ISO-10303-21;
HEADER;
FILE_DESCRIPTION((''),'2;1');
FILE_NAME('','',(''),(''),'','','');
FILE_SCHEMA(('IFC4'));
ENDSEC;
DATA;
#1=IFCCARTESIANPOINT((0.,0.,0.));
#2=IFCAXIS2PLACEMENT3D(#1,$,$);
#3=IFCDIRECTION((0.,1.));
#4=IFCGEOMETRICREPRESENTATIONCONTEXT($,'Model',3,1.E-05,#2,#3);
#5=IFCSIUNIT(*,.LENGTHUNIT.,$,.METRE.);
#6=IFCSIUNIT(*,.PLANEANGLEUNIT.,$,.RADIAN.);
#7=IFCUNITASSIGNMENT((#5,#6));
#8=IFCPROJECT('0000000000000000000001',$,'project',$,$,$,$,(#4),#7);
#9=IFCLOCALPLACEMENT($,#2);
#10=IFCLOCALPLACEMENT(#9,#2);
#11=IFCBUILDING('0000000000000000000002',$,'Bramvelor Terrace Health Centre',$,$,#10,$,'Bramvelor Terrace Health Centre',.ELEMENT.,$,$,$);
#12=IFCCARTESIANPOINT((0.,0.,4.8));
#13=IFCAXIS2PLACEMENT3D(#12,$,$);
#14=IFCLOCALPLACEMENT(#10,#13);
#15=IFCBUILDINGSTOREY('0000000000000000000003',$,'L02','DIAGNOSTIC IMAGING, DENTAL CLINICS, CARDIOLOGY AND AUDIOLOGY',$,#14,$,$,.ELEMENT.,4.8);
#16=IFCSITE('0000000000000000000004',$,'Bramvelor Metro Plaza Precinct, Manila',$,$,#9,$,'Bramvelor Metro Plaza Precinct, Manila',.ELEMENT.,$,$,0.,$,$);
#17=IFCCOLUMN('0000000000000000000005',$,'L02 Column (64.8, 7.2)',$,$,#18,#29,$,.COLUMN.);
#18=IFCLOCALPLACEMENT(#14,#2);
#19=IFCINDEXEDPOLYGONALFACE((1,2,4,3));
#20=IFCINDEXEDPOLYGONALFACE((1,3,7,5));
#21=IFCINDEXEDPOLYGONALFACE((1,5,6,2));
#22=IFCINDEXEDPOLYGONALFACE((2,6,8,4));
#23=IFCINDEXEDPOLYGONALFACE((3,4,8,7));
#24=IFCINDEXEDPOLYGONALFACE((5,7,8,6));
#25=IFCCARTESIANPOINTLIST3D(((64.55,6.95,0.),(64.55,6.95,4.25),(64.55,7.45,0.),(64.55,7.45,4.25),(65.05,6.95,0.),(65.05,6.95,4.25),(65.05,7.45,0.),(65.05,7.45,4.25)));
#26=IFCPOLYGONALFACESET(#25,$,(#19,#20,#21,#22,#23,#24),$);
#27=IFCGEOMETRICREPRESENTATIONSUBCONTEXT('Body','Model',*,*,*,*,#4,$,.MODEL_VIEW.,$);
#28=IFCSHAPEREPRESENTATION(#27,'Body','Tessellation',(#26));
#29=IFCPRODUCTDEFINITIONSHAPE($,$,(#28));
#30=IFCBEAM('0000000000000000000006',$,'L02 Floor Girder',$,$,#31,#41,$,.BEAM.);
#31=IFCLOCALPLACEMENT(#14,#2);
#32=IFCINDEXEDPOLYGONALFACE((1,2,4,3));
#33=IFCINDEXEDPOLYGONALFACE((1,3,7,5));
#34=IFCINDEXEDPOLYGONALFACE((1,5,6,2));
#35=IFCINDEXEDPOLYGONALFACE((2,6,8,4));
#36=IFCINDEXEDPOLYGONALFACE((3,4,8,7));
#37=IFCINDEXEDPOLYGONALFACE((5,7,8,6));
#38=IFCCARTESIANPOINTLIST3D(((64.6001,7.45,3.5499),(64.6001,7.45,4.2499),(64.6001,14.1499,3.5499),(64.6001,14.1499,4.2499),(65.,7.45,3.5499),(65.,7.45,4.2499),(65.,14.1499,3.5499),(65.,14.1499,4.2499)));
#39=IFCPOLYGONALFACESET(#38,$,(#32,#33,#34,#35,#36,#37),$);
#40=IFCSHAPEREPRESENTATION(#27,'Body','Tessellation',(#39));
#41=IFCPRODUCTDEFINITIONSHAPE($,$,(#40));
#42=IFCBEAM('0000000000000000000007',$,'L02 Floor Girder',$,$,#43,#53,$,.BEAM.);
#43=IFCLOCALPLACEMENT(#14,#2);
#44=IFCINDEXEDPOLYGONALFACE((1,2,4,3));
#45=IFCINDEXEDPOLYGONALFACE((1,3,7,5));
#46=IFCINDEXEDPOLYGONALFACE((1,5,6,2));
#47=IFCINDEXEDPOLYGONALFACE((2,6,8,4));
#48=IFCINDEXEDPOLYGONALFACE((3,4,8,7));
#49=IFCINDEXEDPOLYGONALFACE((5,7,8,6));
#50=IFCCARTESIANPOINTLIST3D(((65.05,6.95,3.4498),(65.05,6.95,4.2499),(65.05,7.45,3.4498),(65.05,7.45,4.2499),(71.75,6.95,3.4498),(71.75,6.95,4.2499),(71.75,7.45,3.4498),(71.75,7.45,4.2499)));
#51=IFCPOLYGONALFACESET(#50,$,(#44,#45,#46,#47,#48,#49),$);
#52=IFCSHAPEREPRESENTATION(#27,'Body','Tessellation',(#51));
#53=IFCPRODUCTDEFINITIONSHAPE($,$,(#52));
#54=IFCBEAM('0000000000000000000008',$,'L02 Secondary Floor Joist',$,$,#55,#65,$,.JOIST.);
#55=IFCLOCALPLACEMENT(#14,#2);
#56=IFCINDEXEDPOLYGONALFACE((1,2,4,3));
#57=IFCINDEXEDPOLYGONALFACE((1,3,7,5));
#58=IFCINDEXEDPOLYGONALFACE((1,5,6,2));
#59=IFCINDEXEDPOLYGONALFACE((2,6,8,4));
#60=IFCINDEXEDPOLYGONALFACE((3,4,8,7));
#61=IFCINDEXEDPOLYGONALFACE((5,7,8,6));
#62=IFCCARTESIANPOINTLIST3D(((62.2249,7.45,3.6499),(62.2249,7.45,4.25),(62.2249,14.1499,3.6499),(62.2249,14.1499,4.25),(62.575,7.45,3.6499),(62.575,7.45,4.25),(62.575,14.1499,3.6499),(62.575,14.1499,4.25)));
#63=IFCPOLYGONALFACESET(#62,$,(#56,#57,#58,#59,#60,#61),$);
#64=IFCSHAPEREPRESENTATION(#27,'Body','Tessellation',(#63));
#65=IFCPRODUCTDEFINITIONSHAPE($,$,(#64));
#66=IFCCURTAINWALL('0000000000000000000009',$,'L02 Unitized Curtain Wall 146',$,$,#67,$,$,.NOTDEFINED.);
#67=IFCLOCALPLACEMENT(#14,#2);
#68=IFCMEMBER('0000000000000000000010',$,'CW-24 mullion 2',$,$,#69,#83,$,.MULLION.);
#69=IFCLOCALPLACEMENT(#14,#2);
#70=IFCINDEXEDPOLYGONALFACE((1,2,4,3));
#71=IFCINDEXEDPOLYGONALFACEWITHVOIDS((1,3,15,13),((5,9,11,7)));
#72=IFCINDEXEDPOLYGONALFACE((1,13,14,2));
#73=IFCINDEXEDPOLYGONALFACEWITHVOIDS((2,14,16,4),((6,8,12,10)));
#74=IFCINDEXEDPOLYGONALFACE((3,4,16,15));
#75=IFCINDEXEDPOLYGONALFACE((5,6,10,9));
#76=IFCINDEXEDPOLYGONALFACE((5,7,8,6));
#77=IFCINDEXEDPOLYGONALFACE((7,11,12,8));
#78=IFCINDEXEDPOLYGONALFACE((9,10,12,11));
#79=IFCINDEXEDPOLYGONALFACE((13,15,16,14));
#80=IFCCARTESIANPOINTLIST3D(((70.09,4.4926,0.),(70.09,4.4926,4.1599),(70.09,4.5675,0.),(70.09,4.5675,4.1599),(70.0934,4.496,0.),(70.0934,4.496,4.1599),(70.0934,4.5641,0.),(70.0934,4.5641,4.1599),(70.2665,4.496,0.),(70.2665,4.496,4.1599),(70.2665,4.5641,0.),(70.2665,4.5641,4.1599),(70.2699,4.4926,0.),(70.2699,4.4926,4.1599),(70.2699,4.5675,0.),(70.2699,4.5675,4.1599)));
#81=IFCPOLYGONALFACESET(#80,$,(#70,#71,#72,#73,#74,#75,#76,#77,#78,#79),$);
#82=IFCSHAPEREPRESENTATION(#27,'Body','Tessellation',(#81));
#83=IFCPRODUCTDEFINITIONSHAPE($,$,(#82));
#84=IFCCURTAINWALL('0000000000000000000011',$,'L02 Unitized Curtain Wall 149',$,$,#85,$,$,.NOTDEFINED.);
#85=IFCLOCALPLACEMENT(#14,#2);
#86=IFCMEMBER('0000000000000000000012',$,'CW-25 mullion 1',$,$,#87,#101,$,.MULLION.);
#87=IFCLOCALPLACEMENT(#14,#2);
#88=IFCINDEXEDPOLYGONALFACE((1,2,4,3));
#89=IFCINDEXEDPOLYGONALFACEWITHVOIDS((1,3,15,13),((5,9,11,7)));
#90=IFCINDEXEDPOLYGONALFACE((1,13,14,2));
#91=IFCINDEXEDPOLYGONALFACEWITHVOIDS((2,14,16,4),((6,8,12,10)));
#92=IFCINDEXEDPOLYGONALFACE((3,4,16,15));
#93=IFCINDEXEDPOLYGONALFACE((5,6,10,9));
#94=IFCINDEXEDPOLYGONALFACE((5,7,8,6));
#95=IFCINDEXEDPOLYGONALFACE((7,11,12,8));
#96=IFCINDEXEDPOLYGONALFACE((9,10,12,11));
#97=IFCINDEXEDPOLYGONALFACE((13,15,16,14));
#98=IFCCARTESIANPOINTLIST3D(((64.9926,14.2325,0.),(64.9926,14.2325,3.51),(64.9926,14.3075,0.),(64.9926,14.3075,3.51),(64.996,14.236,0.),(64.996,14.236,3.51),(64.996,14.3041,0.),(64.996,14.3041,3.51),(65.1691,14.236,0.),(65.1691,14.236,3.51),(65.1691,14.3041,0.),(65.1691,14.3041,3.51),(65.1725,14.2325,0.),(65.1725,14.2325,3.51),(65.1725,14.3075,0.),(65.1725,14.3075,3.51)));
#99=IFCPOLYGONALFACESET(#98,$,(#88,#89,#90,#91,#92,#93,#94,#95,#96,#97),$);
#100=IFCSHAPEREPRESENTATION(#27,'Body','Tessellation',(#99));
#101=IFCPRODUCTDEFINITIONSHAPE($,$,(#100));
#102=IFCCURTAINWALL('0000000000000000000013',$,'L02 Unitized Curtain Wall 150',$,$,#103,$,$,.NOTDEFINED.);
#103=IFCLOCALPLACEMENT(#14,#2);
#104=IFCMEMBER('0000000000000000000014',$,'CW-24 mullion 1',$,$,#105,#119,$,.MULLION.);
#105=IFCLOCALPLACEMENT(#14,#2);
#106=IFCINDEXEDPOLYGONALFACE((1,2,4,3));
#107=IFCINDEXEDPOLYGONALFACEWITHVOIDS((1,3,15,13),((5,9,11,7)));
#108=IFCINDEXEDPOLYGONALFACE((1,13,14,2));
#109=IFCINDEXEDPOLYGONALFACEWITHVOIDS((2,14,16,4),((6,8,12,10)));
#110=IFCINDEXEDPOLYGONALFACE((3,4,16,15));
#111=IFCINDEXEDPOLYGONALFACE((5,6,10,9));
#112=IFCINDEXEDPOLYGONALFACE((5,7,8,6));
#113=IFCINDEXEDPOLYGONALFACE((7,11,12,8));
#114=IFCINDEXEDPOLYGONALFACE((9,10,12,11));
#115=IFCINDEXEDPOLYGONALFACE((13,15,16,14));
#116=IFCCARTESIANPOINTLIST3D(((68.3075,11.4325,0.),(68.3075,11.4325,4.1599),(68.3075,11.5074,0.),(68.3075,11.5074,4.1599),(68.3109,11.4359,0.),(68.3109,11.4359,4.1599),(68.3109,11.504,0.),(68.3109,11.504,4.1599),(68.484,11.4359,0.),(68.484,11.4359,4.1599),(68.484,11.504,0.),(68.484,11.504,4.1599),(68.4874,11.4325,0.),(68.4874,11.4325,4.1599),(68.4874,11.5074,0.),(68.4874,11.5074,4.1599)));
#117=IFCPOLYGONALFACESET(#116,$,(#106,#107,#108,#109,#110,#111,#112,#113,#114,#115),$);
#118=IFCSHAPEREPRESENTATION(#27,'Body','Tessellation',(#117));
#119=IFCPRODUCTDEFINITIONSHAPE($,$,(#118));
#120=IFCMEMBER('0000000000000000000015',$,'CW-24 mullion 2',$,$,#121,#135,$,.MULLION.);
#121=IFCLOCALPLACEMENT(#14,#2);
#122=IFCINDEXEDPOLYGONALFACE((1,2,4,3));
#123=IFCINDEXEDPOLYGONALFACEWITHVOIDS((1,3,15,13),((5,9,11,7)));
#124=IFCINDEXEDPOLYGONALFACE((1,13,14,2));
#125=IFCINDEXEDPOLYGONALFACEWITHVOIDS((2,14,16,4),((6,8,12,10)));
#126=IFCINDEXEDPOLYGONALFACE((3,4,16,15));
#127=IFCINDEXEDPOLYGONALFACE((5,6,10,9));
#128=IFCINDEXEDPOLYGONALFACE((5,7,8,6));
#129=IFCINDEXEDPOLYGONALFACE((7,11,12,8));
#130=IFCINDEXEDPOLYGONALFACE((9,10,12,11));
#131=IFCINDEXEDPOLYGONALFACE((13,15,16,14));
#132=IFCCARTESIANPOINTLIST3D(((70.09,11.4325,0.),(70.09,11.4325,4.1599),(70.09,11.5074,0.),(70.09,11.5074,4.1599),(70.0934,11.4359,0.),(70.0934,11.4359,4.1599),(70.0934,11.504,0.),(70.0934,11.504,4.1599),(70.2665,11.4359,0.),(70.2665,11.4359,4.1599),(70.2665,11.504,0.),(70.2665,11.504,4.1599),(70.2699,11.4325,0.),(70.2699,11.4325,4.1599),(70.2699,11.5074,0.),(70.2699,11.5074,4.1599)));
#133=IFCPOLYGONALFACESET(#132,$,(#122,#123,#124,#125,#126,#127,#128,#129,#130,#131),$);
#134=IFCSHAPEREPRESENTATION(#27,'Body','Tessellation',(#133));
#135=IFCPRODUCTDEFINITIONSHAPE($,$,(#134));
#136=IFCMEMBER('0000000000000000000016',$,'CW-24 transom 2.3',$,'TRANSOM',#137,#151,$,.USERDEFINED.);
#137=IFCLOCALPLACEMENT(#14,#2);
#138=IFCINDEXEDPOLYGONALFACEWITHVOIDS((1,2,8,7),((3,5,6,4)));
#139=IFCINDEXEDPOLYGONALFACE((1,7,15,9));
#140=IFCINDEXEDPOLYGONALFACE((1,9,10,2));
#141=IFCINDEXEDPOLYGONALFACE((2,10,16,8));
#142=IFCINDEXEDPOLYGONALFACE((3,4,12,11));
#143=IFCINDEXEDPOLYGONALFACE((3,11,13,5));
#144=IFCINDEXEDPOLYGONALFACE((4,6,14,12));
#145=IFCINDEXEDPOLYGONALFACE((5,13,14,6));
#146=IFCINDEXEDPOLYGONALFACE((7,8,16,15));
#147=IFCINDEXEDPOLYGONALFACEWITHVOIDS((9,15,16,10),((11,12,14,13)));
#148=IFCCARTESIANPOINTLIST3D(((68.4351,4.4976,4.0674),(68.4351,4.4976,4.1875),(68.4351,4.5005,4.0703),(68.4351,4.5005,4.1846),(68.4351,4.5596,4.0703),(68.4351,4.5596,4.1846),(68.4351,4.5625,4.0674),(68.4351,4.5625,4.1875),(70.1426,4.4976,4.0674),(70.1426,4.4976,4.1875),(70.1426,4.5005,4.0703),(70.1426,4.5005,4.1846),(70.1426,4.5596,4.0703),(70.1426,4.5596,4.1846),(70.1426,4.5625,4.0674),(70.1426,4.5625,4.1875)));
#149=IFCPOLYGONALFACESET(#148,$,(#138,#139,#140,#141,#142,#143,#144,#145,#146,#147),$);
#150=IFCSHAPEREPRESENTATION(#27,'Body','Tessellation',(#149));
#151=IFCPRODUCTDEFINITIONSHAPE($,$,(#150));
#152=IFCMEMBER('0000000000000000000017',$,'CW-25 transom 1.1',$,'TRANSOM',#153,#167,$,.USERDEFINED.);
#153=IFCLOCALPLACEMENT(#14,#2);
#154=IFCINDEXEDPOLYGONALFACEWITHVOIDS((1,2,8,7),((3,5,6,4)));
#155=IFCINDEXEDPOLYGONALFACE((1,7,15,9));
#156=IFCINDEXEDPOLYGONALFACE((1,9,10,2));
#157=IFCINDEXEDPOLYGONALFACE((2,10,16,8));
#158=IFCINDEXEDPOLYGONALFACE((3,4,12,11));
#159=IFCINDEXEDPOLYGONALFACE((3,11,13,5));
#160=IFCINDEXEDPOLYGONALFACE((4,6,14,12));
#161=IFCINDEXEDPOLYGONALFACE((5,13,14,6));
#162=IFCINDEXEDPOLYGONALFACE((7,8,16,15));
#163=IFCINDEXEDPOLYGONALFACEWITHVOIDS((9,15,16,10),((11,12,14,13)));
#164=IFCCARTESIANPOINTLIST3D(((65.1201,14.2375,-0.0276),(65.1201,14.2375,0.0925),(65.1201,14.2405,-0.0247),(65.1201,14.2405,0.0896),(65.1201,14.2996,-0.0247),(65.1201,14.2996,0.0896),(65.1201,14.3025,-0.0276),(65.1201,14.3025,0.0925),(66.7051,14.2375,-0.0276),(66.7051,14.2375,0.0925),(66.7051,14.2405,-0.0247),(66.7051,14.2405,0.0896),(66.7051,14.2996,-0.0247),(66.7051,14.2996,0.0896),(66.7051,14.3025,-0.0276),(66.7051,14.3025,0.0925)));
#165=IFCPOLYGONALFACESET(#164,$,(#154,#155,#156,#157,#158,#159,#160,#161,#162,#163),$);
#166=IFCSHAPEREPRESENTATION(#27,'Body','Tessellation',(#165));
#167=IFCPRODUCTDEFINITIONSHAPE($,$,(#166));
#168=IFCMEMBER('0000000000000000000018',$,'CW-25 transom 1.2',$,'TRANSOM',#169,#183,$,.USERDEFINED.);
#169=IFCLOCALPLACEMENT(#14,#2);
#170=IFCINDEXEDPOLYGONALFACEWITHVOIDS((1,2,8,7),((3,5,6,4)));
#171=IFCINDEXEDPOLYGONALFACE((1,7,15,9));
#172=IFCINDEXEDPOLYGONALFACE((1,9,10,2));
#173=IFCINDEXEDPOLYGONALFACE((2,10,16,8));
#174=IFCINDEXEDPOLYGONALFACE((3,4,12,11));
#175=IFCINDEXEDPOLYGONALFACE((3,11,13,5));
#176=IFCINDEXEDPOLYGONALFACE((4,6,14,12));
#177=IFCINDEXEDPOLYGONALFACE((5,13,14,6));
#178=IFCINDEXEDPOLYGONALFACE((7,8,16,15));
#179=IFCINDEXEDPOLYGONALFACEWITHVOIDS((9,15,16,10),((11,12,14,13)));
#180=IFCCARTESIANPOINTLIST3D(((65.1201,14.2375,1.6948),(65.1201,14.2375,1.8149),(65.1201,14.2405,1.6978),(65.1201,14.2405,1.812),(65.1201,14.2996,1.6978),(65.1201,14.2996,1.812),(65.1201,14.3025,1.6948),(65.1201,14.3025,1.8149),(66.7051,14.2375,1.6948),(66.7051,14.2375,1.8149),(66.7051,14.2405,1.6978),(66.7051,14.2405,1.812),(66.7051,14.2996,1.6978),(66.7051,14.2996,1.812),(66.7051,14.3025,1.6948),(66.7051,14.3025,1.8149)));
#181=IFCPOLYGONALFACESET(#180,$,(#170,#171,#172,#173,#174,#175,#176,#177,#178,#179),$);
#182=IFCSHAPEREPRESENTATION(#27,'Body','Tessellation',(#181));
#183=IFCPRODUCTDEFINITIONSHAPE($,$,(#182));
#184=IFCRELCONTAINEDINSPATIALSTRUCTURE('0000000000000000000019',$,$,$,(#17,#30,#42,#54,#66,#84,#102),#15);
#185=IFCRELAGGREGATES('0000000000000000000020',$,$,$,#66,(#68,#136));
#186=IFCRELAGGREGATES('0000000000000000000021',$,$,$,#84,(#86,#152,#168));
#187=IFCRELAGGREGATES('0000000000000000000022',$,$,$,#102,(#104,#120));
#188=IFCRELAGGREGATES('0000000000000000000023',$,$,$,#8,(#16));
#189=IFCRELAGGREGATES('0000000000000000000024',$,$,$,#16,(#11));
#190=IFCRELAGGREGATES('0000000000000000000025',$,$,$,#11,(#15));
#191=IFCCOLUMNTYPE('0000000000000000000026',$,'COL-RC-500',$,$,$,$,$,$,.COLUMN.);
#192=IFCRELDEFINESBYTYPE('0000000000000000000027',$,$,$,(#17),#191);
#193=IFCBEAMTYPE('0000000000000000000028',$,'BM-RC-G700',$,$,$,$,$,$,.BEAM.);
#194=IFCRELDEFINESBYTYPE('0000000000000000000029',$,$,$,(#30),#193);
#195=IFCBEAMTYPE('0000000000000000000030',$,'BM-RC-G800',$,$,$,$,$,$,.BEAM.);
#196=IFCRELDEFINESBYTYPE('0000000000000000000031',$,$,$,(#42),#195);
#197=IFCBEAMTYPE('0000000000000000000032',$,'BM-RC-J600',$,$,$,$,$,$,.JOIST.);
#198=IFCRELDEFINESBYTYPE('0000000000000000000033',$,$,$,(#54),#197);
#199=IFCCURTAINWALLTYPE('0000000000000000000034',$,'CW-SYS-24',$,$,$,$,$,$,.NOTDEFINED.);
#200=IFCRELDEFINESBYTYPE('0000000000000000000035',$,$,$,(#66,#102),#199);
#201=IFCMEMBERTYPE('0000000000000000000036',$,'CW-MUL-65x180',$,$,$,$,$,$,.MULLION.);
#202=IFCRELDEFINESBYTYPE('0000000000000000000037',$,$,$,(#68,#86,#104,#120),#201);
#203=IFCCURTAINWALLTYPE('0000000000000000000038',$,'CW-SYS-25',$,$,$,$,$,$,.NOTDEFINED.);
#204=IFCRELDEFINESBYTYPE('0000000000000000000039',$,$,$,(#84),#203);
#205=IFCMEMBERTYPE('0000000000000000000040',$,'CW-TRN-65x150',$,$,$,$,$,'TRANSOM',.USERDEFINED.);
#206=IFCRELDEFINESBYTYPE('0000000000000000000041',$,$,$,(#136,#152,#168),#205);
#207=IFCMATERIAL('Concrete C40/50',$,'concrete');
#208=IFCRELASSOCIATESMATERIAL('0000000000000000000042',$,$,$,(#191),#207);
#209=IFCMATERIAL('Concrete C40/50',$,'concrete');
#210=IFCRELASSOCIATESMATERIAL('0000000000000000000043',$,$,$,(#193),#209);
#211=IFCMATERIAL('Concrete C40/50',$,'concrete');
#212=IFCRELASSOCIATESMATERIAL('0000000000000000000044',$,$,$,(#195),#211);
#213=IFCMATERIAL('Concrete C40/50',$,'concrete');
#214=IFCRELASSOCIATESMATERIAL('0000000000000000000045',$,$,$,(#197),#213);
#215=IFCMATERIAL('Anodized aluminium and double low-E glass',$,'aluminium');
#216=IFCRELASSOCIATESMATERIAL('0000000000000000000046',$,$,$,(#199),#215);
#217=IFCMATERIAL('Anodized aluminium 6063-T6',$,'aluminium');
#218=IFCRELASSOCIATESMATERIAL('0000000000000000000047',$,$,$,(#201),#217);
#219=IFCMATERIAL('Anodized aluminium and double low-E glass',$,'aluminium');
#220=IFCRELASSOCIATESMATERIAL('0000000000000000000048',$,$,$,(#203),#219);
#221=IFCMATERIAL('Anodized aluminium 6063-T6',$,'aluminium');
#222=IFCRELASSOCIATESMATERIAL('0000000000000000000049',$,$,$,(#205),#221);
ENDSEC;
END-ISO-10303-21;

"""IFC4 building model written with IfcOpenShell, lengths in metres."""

from ifc_helpers import new_model, si_unit, direction, frame, origin, origin_2d, place, context, subcontext, project, spatial, rectangle, hollow_rectangle, extrude, material, material_profile, profile_set, type_object, element, aggregate, save


model = new_model("IFC4")

# Units and contexts
model_context = context("Model", 3, precision=1e-05, world=origin(), true_north=direction((0.0, 1.0)))
body_context = subcontext(model_context, "Body", "Model", "MODEL_VIEW")
ifc_project = project(units=[si_unit("LENGTHUNIT", "METRE"), si_unit("PLANEANGLEUNIT", "RADIAN")], contexts=[model_context])

# Site, building, storey
site_placement = place(None, origin())
site = spatial("IfcSite", under=ifc_project, at=site_placement, Name="Bramvelor Metro Plaza Precinct, Manila", LongName="Bramvelor Metro Plaza Precinct, Manila", CompositionType="ELEMENT", RefElevation=0.0)
building_placement = place(site_placement, origin())
building = spatial("IfcBuilding", under=site, at=building_placement, Name="Bramvelor Terrace Health Centre", LongName="Bramvelor Terrace Health Centre", CompositionType="ELEMENT")
storey_placement = place(building_placement, frame((0.0, 0.0, 4.8)))
storey = spatial("IfcBuildingStorey", under=building, at=storey_placement, Name="L02", Description="DIAGNOSTIC IMAGING, DENTAL CLINICS, CARDIOLOGY AND AUDIOLOGY", CompositionType="ELEMENT", Elevation=4.8)

# Column
ifc_material_1 = material(Name="Concrete C40/50", Category="concrete")
ifc_material_profile_1 = material_profile(ifc_material_1, rectangle(XDim=0.5, YDim=0.5, at=origin_2d()), Name="RC 500x500")
ifc_profile_set_1 = profile_set([ifc_material_profile_1], Name="Concrete C40/50")
column_type = type_object("IfcColumnType", Name="COL-RC-500", PredefinedType="COLUMN", material=ifc_profile_set_1)
column_placement = place(storey_placement, frame((64.8, 7.2, 0.0), z_axis=(0.0, 0.0, 1.0), x_axis=(1.0, 0.0, 0.0)))
element("IfcColumn", 1, at=column_placement, inside=storey, type_object=column_type, Name="L02 Column (64.8, 7.2)", PredefinedType="COLUMN", context=body_context, shape_type="SweptSolid", body=[
    extrude(rectangle(XDim=0.5, YDim=0.5, at=origin_2d()), origin(), (0.0, 0.0, 1.0), 4.25),
])

# Beams
ifc_material_2 = material(Name="Concrete C40/50", Category="concrete")
ifc_material_profile_2 = material_profile(ifc_material_2, rectangle(XDim=0.3999, YDim=0.7, at=origin_2d()), Name="RC 400x700")
ifc_profile_set_2 = profile_set([ifc_material_profile_2], Name="Concrete C40/50")
beam_type_1 = type_object("IfcBeamType", Name="BM-RC-G700", PredefinedType="BEAM", material=ifc_profile_set_2)
beam_1_placement = place(storey_placement, frame((64.8, 7.45, 3.8999), z_axis=(0.0, 1.0, 0.0), x_axis=(-1.0, 0.0, 0.0)))
element("IfcBeam", 2, at=beam_1_placement, inside=storey, type_object=beam_type_1, Name="L02 Floor Girder", PredefinedType="BEAM", context=body_context, shape_type="SweptSolid", body=[
    extrude(rectangle(XDim=0.3999, YDim=0.7, at=origin_2d()), origin(), (0.0, 0.0, 1.0), 6.7),
])
ifc_material_3 = material(Name="Concrete C40/50", Category="concrete")
ifc_material_profile_3 = material_profile(ifc_material_3, rectangle(XDim=0.5, YDim=0.8, at=origin_2d()), Name="RC 500x800")
ifc_profile_set_3 = profile_set([ifc_material_profile_3], Name="Concrete C40/50")
beam_type_2 = type_object("IfcBeamType", Name="BM-RC-G800", PredefinedType="BEAM", material=ifc_profile_set_3)
beam_2_placement = place(storey_placement, frame((65.05, 7.2, 3.8499), z_axis=(1.0, 0.0, 0.0), x_axis=(0.0, 1.0, 0.0)))
element("IfcBeam", 3, at=beam_2_placement, inside=storey, type_object=beam_type_2, Name="L02 Floor Girder", PredefinedType="BEAM", context=body_context, shape_type="SweptSolid", body=[
    extrude(rectangle(XDim=0.5, YDim=0.8, at=origin_2d()), origin(), (0.0, 0.0, 1.0), 6.7),
])
ifc_material_4 = material(Name="Concrete C40/50", Category="concrete")
ifc_material_profile_4 = material_profile(ifc_material_4, rectangle(XDim=0.3501, YDim=0.6001, at=origin_2d()), Name="RC 350x600")
ifc_profile_set_4 = profile_set([ifc_material_profile_4], Name="Concrete C40/50")
beam_type_3 = type_object("IfcBeamType", Name="BM-RC-J600", PredefinedType="JOIST", material=ifc_profile_set_4)
beam_3_placement = place(storey_placement, frame((62.3999, 7.45, 3.95), z_axis=(0.0, 1.0, 0.0), x_axis=(-1.0, 0.0, 0.0)))
element("IfcBeam", 4, at=beam_3_placement, inside=storey, type_object=beam_type_3, Name="L02 Secondary Floor Joist", PredefinedType="JOIST", context=body_context, shape_type="SweptSolid", body=[
    extrude(rectangle(XDim=0.3501, YDim=0.6001, at=origin_2d()), origin(), (0.0, 0.0, 1.0), 6.7),
])

# Curtain walls, members
ifc_material_5 = material(Name="Anodized aluminium and double low-E glass", Category="aluminium")
curtain_wall_type_1 = type_object("IfcCurtainWallType", Name="CW-SYS-24", PredefinedType="NOTDEFINED", material=ifc_material_5)
curtain_wall_1_placement = place(storey_placement, origin())
curtain_wall_1 = element("IfcCurtainWall", 5, at=curtain_wall_1_placement, inside=storey, type_object=curtain_wall_type_1, Name="L02 Unitized Curtain Wall 146", PredefinedType="NOTDEFINED")
ifc_material_6 = material(Name="Anodized aluminium 6063-T6", Category="aluminium")
ifc_material_profile_5 = material_profile(ifc_material_6, hollow_rectangle(XDim=0.075, YDim=0.1799, WallThickness=0.0034, at=origin_2d()), Name="ALU-MUL 75x180x3.5")
ifc_profile_set_5 = profile_set([ifc_material_profile_5], Name="Anodized aluminium 6063-T6")
member_type_1 = type_object("IfcMemberType", Name="CW-MUL-65x180", PredefinedType="MULLION", material=ifc_profile_set_5)
member_1_placement = place(storey_placement, frame((70.1799, 4.53, 0.0), z_axis=(0.0, 0.0, 1.0), x_axis=(0.0, -1.0, 0.0)))
member_1 = element("IfcMember", 6, at=member_1_placement, type_object=member_type_1, Name="CW-24 mullion 2", PredefinedType="MULLION", context=body_context, shape_type="SweptSolid", body=[
    extrude(hollow_rectangle(XDim=0.075, YDim=0.1799, WallThickness=0.0034, at=origin_2d()), origin(), (0.0, 0.0, 1.0), 4.1599),
])
ifc_material_7 = material(Name="Anodized aluminium and double low-E glass", Category="aluminium")
curtain_wall_type_2 = type_object("IfcCurtainWallType", Name="CW-SYS-25", PredefinedType="NOTDEFINED", material=ifc_material_7)
curtain_wall_2_placement = place(storey_placement, origin())
curtain_wall_2 = element("IfcCurtainWall", 7, at=curtain_wall_2_placement, inside=storey, type_object=curtain_wall_type_2, Name="L02 Unitized Curtain Wall 149", PredefinedType="NOTDEFINED")
member_2_placement = place(storey_placement, frame((65.0825, 14.27, 0.0), z_axis=(0.0, 0.0, 1.0), x_axis=(0.0, 1.0, 0.0)))
member_2 = element("IfcMember", 8, at=member_2_placement, type_object=member_type_1, Name="CW-25 mullion 1", PredefinedType="MULLION", context=body_context, shape_type="SweptSolid", body=[
    extrude(hollow_rectangle(XDim=0.075, YDim=0.1799, WallThickness=0.0034, at=origin_2d()), origin(), (0.0, 0.0, 1.0), 3.51),
])

# Curtain wall, members
curtain_wall_3_placement = place(storey_placement, origin())
curtain_wall_3 = element("IfcCurtainWall", 9, at=curtain_wall_3_placement, inside=storey, type_object=curtain_wall_type_1, Name="L02 Unitized Curtain Wall 150", PredefinedType="NOTDEFINED")
member_3_placement = place(storey_placement, frame((68.3975, 11.47, 0.0), z_axis=(0.0, 0.0, 1.0), x_axis=(0.0, 1.0, 0.0)))
member_3 = element("IfcMember", 10, at=member_3_placement, type_object=member_type_1, Name="CW-24 mullion 1", PredefinedType="MULLION", context=body_context, shape_type="SweptSolid", body=[
    extrude(hollow_rectangle(XDim=0.075, YDim=0.1799, WallThickness=0.0034, at=origin_2d()), origin(), (0.0, 0.0, 1.0), 4.1599),
])
member_4_placement = place(storey_placement, frame((70.1799, 11.47, 0.0), z_axis=(0.0, 0.0, 1.0), x_axis=(0.0, 1.0, 0.0)))
member_4 = element("IfcMember", 11, at=member_4_placement, type_object=member_type_1, Name="CW-24 mullion 2", PredefinedType="MULLION", context=body_context, shape_type="SweptSolid", body=[
    extrude(hollow_rectangle(XDim=0.075, YDim=0.1799, WallThickness=0.0034, at=origin_2d()), origin(), (0.0, 0.0, 1.0), 4.1599),
])

# Members
ifc_material_8 = material(Name="Anodized aluminium 6063-T6", Category="aluminium")
ifc_material_profile_6 = material_profile(ifc_material_8, hollow_rectangle(XDim=0.0649, YDim=0.1201, WallThickness=0.0029, at=origin_2d()), Name="ALU-TRN 65x120x3.0")
ifc_profile_set_6 = profile_set([ifc_material_profile_6], Name="Anodized aluminium 6063-T6")
member_type_2 = type_object("IfcMemberType", Name="CW-TRN-65x150", ElementType="TRANSOM", PredefinedType="USERDEFINED", material=ifc_profile_set_6)
member_5_placement = place(storey_placement, frame((70.1426, 4.53, 4.1274), z_axis=(-1.0, 0.0, 0.0), x_axis=(0.0, -1.0, 0.0)))
member_5 = element("IfcMember", 12, at=member_5_placement, type_object=member_type_2, Name="CW-24 transom 2.3", ObjectType="TRANSOM", PredefinedType="USERDEFINED", context=body_context, shape_type="SweptSolid", body=[
    extrude(hollow_rectangle(XDim=0.0649, YDim=0.1201, WallThickness=0.0029, at=origin_2d()), origin(), (0.0, 0.0, 1.0), 1.7075),
])
aggregate(curtain_wall_1, [member_1, member_5])
member_6_placement = place(storey_placement, frame((65.1201, 14.27, 0.0325), z_axis=(1.0, 0.0, 0.0), x_axis=(0.0, 1.0, 0.0)))
member_6 = element("IfcMember", 13, at=member_6_placement, type_object=member_type_2, Name="CW-25 transom 1.1", ObjectType="TRANSOM", PredefinedType="USERDEFINED", context=body_context, shape_type="SweptSolid", body=[
    extrude(hollow_rectangle(XDim=0.0649, YDim=0.1201, WallThickness=0.0029, at=origin_2d()), origin(), (0.0, 0.0, 1.0), 1.585),
])
member_7_placement = place(storey_placement, frame((65.1201, 14.27, 1.7549), z_axis=(1.0, 0.0, 0.0), x_axis=(0.0, 1.0, 0.0)))
member_7 = element("IfcMember", 14, at=member_7_placement, type_object=member_type_2, Name="CW-25 transom 1.2", ObjectType="TRANSOM", PredefinedType="USERDEFINED", context=body_context, shape_type="SweptSolid", body=[
    extrude(hollow_rectangle(XDim=0.0649, YDim=0.1201, WallThickness=0.0029, at=origin_2d()), origin(), (0.0, 0.0, 1.0), 1.585),
])

aggregate(curtain_wall_2, [member_2, member_6, member_7])
aggregate(curtain_wall_3, [member_3, member_4])

save(model, "model.ifc")
